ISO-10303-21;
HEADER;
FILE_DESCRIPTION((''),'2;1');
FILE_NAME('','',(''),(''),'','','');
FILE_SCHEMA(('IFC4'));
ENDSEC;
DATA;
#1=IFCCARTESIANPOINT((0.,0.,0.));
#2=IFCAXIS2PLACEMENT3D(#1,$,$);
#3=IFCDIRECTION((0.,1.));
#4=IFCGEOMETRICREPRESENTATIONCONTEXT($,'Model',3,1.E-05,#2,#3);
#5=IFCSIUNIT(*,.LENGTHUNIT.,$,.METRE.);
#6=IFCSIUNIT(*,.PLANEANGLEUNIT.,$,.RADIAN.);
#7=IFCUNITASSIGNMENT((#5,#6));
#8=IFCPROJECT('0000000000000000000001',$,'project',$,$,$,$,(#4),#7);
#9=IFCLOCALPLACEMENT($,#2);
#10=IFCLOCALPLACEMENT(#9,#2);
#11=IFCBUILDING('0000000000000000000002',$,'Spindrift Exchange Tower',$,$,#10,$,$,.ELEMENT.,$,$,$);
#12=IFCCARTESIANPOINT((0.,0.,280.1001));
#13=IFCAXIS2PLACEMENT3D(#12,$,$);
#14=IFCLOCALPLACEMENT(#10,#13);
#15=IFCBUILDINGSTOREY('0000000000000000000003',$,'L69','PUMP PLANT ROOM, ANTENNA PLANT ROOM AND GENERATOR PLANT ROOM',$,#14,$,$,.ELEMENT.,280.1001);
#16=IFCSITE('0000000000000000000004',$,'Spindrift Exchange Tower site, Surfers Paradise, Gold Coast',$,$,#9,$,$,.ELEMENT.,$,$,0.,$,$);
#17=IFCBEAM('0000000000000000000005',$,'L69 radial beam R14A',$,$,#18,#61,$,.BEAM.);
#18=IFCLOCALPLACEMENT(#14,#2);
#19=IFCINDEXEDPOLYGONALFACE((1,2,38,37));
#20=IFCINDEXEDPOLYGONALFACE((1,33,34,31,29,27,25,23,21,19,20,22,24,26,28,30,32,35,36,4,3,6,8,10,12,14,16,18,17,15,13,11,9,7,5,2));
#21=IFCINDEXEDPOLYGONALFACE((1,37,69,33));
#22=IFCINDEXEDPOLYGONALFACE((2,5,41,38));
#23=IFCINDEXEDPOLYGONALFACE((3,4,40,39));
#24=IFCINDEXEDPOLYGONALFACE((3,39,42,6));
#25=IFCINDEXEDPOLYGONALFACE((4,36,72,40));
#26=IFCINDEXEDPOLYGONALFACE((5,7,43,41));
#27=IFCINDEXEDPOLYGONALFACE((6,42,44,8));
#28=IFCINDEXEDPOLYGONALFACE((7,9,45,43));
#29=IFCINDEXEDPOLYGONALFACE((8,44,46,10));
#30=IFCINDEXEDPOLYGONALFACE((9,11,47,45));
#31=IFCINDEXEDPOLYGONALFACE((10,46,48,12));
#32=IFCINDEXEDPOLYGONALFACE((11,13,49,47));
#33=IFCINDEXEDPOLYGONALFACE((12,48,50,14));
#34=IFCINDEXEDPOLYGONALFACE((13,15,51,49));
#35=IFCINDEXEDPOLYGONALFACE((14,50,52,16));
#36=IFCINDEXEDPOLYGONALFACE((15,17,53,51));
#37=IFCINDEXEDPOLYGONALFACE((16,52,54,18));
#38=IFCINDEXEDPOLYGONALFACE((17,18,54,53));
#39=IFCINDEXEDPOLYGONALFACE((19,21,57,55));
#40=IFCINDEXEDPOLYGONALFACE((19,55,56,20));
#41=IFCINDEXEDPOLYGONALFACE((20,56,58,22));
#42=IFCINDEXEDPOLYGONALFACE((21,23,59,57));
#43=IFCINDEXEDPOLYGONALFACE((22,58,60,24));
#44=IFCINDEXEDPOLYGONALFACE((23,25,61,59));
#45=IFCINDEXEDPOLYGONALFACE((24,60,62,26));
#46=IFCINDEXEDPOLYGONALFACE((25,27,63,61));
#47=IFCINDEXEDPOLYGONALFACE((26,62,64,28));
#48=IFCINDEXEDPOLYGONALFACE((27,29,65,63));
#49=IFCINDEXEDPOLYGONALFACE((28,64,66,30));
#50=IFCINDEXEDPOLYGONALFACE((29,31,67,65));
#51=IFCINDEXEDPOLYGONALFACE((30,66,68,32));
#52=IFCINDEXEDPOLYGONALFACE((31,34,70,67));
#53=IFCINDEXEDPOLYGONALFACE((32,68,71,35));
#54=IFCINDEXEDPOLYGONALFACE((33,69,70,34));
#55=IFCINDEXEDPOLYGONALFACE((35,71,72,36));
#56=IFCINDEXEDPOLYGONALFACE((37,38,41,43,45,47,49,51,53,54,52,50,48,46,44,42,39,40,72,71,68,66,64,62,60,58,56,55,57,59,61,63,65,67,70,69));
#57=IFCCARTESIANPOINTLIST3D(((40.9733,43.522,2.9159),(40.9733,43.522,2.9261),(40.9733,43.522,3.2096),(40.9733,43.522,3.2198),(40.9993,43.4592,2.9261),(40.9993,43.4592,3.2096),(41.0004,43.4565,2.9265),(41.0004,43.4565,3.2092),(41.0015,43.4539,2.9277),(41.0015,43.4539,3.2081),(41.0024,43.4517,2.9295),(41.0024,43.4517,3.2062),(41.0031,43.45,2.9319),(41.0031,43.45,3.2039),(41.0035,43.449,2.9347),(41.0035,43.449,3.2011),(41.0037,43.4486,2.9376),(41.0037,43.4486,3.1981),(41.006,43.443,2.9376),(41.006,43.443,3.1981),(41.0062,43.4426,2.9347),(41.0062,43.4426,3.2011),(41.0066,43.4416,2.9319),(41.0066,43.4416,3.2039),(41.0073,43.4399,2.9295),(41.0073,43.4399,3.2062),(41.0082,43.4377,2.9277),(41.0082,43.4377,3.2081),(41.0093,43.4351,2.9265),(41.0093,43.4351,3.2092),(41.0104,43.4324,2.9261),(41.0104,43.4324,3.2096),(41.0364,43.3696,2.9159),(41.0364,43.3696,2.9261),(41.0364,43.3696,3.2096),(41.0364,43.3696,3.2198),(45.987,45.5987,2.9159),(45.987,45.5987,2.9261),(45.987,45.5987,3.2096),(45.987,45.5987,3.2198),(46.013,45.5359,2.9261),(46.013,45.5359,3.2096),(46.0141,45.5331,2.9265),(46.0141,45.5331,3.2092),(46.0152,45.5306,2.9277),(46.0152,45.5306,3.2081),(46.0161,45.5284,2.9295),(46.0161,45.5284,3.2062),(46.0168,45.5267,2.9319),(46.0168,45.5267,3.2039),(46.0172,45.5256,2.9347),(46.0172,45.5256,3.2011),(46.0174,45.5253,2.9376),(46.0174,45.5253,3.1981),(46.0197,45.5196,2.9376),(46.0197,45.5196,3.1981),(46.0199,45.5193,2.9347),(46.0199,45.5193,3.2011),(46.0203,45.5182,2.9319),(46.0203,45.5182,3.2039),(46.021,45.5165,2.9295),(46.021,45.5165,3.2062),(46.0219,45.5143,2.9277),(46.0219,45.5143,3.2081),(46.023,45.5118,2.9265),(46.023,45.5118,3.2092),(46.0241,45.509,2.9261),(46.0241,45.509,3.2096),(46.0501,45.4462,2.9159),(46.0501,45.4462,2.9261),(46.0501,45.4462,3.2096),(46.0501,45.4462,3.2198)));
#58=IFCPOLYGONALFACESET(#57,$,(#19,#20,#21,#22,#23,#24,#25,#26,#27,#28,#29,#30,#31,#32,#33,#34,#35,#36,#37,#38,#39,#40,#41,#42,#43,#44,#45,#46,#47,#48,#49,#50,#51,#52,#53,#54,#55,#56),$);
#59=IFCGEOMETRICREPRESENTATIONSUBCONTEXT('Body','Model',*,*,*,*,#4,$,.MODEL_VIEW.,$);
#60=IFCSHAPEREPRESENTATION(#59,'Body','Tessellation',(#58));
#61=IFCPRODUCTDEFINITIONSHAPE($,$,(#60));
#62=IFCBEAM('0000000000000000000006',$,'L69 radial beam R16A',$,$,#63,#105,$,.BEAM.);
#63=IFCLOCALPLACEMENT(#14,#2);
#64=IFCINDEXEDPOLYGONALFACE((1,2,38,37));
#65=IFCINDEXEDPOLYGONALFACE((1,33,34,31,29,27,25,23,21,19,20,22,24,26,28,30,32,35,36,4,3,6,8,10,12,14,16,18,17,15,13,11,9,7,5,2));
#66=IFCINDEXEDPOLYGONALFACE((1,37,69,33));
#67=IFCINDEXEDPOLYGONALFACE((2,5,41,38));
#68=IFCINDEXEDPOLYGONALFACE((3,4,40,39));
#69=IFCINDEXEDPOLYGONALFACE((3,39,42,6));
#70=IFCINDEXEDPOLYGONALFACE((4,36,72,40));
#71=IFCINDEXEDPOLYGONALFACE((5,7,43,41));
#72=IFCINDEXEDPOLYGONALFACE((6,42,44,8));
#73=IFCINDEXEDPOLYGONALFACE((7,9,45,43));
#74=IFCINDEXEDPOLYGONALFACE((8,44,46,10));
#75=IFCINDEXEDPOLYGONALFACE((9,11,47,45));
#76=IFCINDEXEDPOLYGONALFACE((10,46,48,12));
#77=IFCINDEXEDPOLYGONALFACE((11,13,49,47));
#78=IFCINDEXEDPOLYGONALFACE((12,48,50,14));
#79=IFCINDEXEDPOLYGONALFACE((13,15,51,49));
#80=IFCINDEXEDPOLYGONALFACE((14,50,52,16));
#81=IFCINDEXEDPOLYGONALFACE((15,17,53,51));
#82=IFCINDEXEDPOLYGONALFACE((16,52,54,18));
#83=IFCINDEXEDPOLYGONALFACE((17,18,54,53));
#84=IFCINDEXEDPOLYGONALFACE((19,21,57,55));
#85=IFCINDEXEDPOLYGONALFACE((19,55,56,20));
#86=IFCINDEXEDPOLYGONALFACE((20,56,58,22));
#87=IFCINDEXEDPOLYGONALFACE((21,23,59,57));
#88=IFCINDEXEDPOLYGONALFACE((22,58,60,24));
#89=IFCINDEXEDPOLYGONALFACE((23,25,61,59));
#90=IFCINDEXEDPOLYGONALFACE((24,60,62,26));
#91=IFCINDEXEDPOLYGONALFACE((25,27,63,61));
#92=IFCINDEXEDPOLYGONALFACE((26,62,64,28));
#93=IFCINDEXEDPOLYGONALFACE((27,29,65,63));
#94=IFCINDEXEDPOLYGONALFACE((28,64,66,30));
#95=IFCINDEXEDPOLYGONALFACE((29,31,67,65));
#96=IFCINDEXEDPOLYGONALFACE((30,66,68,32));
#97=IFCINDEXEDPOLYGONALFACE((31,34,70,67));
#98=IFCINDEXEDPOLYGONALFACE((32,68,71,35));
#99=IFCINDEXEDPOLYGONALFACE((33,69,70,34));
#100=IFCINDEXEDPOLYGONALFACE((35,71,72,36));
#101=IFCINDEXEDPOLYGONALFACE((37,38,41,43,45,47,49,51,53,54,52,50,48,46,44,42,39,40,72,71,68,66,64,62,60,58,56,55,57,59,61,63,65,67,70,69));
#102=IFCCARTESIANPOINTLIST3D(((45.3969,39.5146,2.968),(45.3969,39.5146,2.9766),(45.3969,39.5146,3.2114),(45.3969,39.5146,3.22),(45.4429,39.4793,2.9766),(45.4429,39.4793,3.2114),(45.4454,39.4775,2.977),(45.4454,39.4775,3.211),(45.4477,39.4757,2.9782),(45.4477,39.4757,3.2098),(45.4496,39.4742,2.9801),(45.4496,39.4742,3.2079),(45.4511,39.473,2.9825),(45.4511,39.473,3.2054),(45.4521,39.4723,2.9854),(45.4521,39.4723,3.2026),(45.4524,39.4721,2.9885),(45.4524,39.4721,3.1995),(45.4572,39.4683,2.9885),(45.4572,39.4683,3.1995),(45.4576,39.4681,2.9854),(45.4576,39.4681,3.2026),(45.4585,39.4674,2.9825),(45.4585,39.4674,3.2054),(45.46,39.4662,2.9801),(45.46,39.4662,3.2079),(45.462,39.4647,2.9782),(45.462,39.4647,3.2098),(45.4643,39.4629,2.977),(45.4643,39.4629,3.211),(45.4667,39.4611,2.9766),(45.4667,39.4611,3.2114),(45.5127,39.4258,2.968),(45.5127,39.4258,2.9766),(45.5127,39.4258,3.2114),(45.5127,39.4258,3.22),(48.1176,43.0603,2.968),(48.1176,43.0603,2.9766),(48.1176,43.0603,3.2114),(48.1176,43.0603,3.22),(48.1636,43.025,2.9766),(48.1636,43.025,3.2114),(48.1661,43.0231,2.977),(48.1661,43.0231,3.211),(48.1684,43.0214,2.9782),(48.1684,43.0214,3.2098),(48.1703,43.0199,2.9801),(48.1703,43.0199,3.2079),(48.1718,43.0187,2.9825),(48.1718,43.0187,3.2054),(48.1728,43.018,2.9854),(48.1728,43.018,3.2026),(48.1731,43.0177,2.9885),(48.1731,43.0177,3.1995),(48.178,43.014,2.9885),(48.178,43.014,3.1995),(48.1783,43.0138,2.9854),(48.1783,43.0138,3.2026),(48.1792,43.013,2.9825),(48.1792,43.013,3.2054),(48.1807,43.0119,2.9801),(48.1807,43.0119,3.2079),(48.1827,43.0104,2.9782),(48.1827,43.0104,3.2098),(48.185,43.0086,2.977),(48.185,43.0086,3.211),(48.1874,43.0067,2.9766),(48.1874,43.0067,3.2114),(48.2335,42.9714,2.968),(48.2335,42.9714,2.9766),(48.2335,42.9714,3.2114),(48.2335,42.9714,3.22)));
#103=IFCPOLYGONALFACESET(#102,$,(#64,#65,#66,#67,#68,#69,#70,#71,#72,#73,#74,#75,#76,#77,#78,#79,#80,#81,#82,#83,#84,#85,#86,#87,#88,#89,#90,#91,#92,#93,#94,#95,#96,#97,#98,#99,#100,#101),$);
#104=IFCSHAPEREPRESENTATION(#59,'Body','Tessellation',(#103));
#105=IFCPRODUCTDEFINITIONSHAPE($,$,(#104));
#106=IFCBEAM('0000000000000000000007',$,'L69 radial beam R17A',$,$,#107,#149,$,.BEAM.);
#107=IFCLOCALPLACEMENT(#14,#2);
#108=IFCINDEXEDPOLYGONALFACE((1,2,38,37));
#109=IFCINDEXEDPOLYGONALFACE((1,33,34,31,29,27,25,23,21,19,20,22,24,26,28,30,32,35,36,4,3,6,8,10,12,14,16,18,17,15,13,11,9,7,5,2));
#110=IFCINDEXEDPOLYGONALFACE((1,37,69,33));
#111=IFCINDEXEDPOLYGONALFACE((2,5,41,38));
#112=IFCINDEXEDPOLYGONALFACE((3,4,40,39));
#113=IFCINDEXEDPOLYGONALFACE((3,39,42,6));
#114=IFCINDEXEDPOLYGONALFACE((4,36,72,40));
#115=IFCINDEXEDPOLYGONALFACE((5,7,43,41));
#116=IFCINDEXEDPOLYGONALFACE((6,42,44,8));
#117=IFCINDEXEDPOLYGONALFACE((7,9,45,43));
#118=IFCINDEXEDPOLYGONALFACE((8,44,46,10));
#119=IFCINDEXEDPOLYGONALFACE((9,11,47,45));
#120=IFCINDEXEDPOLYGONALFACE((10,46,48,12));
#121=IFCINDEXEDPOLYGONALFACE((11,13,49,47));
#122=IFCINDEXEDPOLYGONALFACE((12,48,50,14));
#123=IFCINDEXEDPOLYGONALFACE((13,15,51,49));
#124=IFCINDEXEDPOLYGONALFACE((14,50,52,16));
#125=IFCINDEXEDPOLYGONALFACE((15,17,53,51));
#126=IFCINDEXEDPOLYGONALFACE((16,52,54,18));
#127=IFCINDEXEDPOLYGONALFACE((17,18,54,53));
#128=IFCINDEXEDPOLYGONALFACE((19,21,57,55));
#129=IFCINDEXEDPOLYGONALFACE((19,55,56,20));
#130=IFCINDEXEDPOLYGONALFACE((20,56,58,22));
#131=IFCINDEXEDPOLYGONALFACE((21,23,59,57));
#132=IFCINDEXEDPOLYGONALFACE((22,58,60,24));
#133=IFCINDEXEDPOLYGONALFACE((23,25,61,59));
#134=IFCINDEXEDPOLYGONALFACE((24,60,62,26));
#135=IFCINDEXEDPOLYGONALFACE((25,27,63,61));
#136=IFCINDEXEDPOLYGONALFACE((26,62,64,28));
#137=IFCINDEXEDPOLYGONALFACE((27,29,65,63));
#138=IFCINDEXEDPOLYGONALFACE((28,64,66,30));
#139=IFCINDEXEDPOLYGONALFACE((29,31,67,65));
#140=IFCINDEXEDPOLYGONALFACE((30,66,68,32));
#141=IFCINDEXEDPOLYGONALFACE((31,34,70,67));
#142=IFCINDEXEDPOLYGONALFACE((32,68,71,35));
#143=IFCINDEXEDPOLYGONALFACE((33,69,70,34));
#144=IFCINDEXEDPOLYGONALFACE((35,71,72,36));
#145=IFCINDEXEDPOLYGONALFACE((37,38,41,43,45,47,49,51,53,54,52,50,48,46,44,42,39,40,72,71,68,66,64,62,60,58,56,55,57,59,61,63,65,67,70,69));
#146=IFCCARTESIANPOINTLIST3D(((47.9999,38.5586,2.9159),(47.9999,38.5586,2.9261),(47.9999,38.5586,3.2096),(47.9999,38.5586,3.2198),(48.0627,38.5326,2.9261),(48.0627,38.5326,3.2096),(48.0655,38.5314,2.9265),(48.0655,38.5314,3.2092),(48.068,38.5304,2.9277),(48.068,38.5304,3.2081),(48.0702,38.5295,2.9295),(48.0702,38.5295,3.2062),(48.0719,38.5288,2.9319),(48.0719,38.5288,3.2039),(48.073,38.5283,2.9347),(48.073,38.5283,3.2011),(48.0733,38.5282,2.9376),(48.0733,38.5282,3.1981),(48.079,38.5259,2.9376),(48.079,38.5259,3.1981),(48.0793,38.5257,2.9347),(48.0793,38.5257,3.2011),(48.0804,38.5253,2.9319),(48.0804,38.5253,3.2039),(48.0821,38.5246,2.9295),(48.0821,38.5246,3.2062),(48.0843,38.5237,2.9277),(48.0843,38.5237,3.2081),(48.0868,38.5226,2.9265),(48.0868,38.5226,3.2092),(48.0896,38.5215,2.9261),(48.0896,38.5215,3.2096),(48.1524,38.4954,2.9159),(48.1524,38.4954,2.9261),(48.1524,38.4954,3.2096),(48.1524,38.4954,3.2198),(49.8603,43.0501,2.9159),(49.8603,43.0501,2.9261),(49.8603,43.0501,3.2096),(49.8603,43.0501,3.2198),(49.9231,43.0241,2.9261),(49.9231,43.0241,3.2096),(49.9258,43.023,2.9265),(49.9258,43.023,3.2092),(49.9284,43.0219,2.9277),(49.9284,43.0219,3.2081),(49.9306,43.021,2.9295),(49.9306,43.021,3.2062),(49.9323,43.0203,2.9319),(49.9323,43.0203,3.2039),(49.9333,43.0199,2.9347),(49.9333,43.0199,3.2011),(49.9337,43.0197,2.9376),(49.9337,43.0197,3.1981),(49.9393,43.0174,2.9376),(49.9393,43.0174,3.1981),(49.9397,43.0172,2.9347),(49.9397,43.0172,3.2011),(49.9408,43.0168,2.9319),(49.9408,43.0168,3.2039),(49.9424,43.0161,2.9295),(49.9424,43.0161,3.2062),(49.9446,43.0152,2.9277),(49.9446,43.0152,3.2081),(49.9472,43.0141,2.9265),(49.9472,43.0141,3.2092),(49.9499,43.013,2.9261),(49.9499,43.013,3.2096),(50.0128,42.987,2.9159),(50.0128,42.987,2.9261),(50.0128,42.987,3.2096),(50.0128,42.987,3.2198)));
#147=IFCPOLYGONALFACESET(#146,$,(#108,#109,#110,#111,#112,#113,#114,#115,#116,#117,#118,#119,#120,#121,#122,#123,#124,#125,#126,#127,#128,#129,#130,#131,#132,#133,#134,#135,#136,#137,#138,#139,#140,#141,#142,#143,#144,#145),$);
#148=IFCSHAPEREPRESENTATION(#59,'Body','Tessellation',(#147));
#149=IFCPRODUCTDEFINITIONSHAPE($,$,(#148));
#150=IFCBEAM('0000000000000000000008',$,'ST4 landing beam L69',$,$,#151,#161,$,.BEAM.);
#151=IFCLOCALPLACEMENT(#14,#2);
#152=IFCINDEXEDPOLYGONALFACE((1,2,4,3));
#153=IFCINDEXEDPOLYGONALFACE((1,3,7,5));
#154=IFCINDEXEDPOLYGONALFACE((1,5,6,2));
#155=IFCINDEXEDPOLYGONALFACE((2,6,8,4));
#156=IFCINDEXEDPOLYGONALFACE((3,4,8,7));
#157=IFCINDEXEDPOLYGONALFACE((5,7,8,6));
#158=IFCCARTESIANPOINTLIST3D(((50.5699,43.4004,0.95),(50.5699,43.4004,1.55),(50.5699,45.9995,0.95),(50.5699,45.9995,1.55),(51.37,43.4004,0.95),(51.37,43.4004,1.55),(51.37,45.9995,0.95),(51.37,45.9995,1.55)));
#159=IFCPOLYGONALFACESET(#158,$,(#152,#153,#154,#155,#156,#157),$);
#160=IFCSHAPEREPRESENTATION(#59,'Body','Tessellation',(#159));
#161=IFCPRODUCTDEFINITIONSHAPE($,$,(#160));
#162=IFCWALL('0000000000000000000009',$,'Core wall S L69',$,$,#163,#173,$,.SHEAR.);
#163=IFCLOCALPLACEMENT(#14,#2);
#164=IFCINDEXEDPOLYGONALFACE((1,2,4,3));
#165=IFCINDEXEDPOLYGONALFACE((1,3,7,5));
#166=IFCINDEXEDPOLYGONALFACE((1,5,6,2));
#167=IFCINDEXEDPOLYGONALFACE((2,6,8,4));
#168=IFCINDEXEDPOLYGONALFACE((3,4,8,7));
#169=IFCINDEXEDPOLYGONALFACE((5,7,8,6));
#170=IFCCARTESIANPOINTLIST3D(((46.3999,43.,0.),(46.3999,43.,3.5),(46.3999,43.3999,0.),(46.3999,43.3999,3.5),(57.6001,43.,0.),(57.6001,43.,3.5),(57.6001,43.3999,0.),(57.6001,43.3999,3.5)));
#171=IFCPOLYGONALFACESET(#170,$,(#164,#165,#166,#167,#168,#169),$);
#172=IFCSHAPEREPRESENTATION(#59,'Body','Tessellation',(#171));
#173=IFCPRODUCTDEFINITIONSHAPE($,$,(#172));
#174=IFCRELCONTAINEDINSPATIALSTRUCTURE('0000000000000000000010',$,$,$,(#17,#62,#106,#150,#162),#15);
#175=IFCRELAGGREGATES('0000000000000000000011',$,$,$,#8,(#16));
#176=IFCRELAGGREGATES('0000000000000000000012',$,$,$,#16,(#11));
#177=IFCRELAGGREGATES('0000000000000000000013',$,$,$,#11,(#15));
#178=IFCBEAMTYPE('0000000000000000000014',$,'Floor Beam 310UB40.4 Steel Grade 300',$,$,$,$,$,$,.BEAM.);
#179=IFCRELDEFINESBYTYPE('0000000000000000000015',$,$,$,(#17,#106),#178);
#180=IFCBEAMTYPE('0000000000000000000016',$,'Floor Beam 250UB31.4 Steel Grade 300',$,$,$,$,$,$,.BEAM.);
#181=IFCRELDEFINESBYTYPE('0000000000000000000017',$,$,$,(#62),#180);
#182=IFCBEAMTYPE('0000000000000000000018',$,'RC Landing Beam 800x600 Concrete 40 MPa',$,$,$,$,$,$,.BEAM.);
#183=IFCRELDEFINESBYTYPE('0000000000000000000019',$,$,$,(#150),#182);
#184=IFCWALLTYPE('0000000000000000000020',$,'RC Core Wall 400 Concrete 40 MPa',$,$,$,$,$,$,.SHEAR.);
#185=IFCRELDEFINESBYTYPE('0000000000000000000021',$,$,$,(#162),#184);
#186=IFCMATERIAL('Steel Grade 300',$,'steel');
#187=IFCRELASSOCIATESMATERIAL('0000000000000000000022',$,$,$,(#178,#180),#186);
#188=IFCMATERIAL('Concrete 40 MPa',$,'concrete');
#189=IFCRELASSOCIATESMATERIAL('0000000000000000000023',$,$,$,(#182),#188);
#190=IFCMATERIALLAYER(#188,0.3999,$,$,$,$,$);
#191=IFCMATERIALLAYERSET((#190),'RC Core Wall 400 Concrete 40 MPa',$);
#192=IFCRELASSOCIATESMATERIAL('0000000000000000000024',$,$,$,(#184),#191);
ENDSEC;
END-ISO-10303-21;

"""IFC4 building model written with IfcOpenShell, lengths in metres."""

from ifc_helpers import new_model, si_unit, direction, frame, frame_2d, origin, origin_2d, place, context, subcontext, project, spatial, rectangle, i_section, extrude, source, transform, mapped, material, layer, layer_set, material_profile, profile_set, type_object, element, save


model = new_model("IFC4")

# Units and contexts
model_context = context("Model", 3, precision=1e-05, world=origin(), true_north=direction((0.0, 1.0)))
body_context = subcontext(model_context, "Body", "Model", "MODEL_VIEW")
ifc_project = project(units=[si_unit("LENGTHUNIT", "METRE"), si_unit("PLANEANGLEUNIT", "RADIAN")], contexts=[model_context])

# Site, building, storey
site_placement = place(None, origin())
site = spatial("IfcSite", under=ifc_project, at=site_placement, Name="Spindrift Exchange Tower site, Surfers Paradise, Gold Coast", CompositionType="ELEMENT", RefElevation=0.0)
building_placement = place(site_placement, origin())
building = spatial("IfcBuilding", under=site, at=building_placement, Name="Spindrift Exchange Tower", CompositionType="ELEMENT")
storey_placement = place(building_placement, frame((0.0, 0.0, 280.1001)))
storey = spatial("IfcBuildingStorey", under=building, at=storey_placement, Name="L69", Description="PUMP PLANT ROOM, ANTENNA PLANT ROOM AND GENERATOR PLANT ROOM", CompositionType="ELEMENT", Elevation=280.1001)

# Beams
ifc_material_1 = material(Name="Steel Grade 300", Category="steel")
ifc_material_profile_1 = material_profile(ifc_material_1, i_section(OverallWidth=0.165, OverallDepth=0.304, WebThickness=0.0061, FlangeThickness=0.0103, FilletRadius=0.0115, at=origin_2d()), Name="310UB40.4")
ifc_profile_set_1 = profile_set([ifc_material_profile_1], Name="Steel Grade 300")
beam_type_1 = type_object("IfcBeamType", Name="Floor Beam 310UB40.4 Steel Grade 300", PredefinedType="BEAM", material=ifc_profile_set_1)
shared_shape_1 = source(origin(), body_context, "Body", "SweptSolid", [
    extrude(i_section(OverallWidth=0.165, OverallDepth=0.304, WebThickness=0.0061, FlangeThickness=0.0103, FilletRadius=0.0115, at=origin_2d()), origin(), (0.0, 0.0, 1.0), 5.4268),
])
beam_1_placement = place(storey_placement, frame((46.0186, 45.5225, 3.0679), z_axis=(-0.923884, -0.382672, 0.0), x_axis=(0.382672, -0.923884, 0.0)))
element("IfcBeam", 1, at=beam_1_placement, inside=storey, type_object=beam_type_1, Name="L69 radial beam R14A", PredefinedType="BEAM", context=body_context, shape_type="MappedRepresentation", body=[
    mapped(shared_shape_1, transform((0.0, 0.0, 0.0), scale=1.0)),
])
ifc_material_profile_2 = material_profile(ifc_material_1, i_section(OverallWidth=0.146, OverallDepth=0.252, WebThickness=0.0061, FlangeThickness=0.0085, FilletRadius=0.012, at=origin_2d()), Name="250UB31.4")
ifc_profile_set_2 = profile_set([ifc_material_profile_2], Name="Steel Grade 300")
beam_type_2 = type_object("IfcBeamType", Name="Floor Beam 250UB31.4 Steel Grade 300", PredefinedType="BEAM", material=ifc_profile_set_2)
shared_shape_2 = source(origin(), body_context, "Body", "SweptSolid", [
    extrude(i_section(OverallWidth=0.146, OverallDepth=0.252, WebThickness=0.0061, FlangeThickness=0.0085, FilletRadius=0.012, at=origin_2d()), origin(), (0.0, 0.0, 1.0), 4.4692),
])
beam_2_placement = place(storey_placement, frame((48.1755, 43.0159, 3.094), z_axis=(-0.608765, -0.79335, 0.0), x_axis=(0.79335, -0.608765, 0.0)))
element("IfcBeam", 2, at=beam_2_placement, inside=storey, type_object=beam_type_2, Name="L69 radial beam R16A", PredefinedType="BEAM", context=body_context, shape_type="MappedRepresentation", body=[
    mapped(shared_shape_2, transform((0.0, 0.0, 0.0), scale=1.0)),
])
shared_shape_3 = source(origin(), body_context, "Body", "SweptSolid", [
    extrude(i_section(OverallWidth=0.165, OverallDepth=0.304, WebThickness=0.0061, FlangeThickness=0.0103, FilletRadius=0.0115, at=origin_2d()), origin(), (0.0, 0.0, 1.0), 4.8616),
])
beam_3_placement = place(storey_placement, frame((49.9365, 43.0186, 3.0679), z_axis=(-0.382671, -0.923885, 0.0), x_axis=(0.923885, -0.382671, 0.0)))
element("IfcBeam", 3, at=beam_3_placement, inside=storey, type_object=beam_type_1, Name="L69 radial beam R17A", PredefinedType="BEAM", context=body_context, shape_type="MappedRepresentation", body=[
    mapped(shared_shape_3, transform((0.0, 0.0, 0.0), scale=1.0)),
])
ifc_material_2 = material(Name="Concrete 40 MPa", Category="concrete")
ifc_material_profile_3 = material_profile(ifc_material_2, rectangle(XDim=0.8, YDim=0.6001, at=origin_2d()), Name="RC 800x600")
ifc_profile_set_3 = profile_set([ifc_material_profile_3], Name="Concrete 40 MPa")
beam_type_3 = type_object("IfcBeamType", Name="RC Landing Beam 800x600 Concrete 40 MPa", PredefinedType="BEAM", material=ifc_profile_set_3)
shared_shape_4 = source(origin(), body_context, "Body", "SweptSolid", [
    extrude(rectangle(XDim=0.8, YDim=0.6001, at=origin_2d()), origin(), (0.0, 0.0, 1.0), 2.5991),
])
beam_4_placement = place(storey_placement, frame((50.97, 43.4004, 1.25), z_axis=(0.0, 1.0, 0.0), x_axis=(-1.0, 0.0, 0.0)))
element("IfcBeam", 4, at=beam_4_placement, inside=storey, type_object=beam_type_3, Name="ST4 landing beam L69", PredefinedType="BEAM", context=body_context, shape_type="MappedRepresentation", body=[
    mapped(shared_shape_4, transform((0.0, 0.0, 0.0), scale=1.0)),
])

# Wall
ifc_layer_1 = layer(ifc_material_2, 0.3999)
ifc_layer_set_1 = layer_set([ifc_layer_1], Name="RC Core Wall 400 Concrete 40 MPa")
wall_type_1 = type_object("IfcWallType", Name="RC Core Wall 400 Concrete 40 MPa", PredefinedType="SHEAR", material=ifc_layer_set_1)
wall_1_placement = place(storey_placement, frame((46.3999, 43.2, 0.0), z_axis=(0.0, 0.0, 1.0), x_axis=(1.0, 0.0, 0.0)))
element("IfcWall", 5, at=wall_1_placement, inside=storey, type_object=wall_type_1, Name="Core wall S L69", PredefinedType="SHEAR", context=body_context, shape_type="SweptSolid", body=[
    extrude(rectangle(XDim=11.2002, YDim=0.3999, at=frame_2d((5.6001, 0.0))), origin(), (0.0, 0.0, 1.0), 3.5),
])

save(model, "model.ifc")
